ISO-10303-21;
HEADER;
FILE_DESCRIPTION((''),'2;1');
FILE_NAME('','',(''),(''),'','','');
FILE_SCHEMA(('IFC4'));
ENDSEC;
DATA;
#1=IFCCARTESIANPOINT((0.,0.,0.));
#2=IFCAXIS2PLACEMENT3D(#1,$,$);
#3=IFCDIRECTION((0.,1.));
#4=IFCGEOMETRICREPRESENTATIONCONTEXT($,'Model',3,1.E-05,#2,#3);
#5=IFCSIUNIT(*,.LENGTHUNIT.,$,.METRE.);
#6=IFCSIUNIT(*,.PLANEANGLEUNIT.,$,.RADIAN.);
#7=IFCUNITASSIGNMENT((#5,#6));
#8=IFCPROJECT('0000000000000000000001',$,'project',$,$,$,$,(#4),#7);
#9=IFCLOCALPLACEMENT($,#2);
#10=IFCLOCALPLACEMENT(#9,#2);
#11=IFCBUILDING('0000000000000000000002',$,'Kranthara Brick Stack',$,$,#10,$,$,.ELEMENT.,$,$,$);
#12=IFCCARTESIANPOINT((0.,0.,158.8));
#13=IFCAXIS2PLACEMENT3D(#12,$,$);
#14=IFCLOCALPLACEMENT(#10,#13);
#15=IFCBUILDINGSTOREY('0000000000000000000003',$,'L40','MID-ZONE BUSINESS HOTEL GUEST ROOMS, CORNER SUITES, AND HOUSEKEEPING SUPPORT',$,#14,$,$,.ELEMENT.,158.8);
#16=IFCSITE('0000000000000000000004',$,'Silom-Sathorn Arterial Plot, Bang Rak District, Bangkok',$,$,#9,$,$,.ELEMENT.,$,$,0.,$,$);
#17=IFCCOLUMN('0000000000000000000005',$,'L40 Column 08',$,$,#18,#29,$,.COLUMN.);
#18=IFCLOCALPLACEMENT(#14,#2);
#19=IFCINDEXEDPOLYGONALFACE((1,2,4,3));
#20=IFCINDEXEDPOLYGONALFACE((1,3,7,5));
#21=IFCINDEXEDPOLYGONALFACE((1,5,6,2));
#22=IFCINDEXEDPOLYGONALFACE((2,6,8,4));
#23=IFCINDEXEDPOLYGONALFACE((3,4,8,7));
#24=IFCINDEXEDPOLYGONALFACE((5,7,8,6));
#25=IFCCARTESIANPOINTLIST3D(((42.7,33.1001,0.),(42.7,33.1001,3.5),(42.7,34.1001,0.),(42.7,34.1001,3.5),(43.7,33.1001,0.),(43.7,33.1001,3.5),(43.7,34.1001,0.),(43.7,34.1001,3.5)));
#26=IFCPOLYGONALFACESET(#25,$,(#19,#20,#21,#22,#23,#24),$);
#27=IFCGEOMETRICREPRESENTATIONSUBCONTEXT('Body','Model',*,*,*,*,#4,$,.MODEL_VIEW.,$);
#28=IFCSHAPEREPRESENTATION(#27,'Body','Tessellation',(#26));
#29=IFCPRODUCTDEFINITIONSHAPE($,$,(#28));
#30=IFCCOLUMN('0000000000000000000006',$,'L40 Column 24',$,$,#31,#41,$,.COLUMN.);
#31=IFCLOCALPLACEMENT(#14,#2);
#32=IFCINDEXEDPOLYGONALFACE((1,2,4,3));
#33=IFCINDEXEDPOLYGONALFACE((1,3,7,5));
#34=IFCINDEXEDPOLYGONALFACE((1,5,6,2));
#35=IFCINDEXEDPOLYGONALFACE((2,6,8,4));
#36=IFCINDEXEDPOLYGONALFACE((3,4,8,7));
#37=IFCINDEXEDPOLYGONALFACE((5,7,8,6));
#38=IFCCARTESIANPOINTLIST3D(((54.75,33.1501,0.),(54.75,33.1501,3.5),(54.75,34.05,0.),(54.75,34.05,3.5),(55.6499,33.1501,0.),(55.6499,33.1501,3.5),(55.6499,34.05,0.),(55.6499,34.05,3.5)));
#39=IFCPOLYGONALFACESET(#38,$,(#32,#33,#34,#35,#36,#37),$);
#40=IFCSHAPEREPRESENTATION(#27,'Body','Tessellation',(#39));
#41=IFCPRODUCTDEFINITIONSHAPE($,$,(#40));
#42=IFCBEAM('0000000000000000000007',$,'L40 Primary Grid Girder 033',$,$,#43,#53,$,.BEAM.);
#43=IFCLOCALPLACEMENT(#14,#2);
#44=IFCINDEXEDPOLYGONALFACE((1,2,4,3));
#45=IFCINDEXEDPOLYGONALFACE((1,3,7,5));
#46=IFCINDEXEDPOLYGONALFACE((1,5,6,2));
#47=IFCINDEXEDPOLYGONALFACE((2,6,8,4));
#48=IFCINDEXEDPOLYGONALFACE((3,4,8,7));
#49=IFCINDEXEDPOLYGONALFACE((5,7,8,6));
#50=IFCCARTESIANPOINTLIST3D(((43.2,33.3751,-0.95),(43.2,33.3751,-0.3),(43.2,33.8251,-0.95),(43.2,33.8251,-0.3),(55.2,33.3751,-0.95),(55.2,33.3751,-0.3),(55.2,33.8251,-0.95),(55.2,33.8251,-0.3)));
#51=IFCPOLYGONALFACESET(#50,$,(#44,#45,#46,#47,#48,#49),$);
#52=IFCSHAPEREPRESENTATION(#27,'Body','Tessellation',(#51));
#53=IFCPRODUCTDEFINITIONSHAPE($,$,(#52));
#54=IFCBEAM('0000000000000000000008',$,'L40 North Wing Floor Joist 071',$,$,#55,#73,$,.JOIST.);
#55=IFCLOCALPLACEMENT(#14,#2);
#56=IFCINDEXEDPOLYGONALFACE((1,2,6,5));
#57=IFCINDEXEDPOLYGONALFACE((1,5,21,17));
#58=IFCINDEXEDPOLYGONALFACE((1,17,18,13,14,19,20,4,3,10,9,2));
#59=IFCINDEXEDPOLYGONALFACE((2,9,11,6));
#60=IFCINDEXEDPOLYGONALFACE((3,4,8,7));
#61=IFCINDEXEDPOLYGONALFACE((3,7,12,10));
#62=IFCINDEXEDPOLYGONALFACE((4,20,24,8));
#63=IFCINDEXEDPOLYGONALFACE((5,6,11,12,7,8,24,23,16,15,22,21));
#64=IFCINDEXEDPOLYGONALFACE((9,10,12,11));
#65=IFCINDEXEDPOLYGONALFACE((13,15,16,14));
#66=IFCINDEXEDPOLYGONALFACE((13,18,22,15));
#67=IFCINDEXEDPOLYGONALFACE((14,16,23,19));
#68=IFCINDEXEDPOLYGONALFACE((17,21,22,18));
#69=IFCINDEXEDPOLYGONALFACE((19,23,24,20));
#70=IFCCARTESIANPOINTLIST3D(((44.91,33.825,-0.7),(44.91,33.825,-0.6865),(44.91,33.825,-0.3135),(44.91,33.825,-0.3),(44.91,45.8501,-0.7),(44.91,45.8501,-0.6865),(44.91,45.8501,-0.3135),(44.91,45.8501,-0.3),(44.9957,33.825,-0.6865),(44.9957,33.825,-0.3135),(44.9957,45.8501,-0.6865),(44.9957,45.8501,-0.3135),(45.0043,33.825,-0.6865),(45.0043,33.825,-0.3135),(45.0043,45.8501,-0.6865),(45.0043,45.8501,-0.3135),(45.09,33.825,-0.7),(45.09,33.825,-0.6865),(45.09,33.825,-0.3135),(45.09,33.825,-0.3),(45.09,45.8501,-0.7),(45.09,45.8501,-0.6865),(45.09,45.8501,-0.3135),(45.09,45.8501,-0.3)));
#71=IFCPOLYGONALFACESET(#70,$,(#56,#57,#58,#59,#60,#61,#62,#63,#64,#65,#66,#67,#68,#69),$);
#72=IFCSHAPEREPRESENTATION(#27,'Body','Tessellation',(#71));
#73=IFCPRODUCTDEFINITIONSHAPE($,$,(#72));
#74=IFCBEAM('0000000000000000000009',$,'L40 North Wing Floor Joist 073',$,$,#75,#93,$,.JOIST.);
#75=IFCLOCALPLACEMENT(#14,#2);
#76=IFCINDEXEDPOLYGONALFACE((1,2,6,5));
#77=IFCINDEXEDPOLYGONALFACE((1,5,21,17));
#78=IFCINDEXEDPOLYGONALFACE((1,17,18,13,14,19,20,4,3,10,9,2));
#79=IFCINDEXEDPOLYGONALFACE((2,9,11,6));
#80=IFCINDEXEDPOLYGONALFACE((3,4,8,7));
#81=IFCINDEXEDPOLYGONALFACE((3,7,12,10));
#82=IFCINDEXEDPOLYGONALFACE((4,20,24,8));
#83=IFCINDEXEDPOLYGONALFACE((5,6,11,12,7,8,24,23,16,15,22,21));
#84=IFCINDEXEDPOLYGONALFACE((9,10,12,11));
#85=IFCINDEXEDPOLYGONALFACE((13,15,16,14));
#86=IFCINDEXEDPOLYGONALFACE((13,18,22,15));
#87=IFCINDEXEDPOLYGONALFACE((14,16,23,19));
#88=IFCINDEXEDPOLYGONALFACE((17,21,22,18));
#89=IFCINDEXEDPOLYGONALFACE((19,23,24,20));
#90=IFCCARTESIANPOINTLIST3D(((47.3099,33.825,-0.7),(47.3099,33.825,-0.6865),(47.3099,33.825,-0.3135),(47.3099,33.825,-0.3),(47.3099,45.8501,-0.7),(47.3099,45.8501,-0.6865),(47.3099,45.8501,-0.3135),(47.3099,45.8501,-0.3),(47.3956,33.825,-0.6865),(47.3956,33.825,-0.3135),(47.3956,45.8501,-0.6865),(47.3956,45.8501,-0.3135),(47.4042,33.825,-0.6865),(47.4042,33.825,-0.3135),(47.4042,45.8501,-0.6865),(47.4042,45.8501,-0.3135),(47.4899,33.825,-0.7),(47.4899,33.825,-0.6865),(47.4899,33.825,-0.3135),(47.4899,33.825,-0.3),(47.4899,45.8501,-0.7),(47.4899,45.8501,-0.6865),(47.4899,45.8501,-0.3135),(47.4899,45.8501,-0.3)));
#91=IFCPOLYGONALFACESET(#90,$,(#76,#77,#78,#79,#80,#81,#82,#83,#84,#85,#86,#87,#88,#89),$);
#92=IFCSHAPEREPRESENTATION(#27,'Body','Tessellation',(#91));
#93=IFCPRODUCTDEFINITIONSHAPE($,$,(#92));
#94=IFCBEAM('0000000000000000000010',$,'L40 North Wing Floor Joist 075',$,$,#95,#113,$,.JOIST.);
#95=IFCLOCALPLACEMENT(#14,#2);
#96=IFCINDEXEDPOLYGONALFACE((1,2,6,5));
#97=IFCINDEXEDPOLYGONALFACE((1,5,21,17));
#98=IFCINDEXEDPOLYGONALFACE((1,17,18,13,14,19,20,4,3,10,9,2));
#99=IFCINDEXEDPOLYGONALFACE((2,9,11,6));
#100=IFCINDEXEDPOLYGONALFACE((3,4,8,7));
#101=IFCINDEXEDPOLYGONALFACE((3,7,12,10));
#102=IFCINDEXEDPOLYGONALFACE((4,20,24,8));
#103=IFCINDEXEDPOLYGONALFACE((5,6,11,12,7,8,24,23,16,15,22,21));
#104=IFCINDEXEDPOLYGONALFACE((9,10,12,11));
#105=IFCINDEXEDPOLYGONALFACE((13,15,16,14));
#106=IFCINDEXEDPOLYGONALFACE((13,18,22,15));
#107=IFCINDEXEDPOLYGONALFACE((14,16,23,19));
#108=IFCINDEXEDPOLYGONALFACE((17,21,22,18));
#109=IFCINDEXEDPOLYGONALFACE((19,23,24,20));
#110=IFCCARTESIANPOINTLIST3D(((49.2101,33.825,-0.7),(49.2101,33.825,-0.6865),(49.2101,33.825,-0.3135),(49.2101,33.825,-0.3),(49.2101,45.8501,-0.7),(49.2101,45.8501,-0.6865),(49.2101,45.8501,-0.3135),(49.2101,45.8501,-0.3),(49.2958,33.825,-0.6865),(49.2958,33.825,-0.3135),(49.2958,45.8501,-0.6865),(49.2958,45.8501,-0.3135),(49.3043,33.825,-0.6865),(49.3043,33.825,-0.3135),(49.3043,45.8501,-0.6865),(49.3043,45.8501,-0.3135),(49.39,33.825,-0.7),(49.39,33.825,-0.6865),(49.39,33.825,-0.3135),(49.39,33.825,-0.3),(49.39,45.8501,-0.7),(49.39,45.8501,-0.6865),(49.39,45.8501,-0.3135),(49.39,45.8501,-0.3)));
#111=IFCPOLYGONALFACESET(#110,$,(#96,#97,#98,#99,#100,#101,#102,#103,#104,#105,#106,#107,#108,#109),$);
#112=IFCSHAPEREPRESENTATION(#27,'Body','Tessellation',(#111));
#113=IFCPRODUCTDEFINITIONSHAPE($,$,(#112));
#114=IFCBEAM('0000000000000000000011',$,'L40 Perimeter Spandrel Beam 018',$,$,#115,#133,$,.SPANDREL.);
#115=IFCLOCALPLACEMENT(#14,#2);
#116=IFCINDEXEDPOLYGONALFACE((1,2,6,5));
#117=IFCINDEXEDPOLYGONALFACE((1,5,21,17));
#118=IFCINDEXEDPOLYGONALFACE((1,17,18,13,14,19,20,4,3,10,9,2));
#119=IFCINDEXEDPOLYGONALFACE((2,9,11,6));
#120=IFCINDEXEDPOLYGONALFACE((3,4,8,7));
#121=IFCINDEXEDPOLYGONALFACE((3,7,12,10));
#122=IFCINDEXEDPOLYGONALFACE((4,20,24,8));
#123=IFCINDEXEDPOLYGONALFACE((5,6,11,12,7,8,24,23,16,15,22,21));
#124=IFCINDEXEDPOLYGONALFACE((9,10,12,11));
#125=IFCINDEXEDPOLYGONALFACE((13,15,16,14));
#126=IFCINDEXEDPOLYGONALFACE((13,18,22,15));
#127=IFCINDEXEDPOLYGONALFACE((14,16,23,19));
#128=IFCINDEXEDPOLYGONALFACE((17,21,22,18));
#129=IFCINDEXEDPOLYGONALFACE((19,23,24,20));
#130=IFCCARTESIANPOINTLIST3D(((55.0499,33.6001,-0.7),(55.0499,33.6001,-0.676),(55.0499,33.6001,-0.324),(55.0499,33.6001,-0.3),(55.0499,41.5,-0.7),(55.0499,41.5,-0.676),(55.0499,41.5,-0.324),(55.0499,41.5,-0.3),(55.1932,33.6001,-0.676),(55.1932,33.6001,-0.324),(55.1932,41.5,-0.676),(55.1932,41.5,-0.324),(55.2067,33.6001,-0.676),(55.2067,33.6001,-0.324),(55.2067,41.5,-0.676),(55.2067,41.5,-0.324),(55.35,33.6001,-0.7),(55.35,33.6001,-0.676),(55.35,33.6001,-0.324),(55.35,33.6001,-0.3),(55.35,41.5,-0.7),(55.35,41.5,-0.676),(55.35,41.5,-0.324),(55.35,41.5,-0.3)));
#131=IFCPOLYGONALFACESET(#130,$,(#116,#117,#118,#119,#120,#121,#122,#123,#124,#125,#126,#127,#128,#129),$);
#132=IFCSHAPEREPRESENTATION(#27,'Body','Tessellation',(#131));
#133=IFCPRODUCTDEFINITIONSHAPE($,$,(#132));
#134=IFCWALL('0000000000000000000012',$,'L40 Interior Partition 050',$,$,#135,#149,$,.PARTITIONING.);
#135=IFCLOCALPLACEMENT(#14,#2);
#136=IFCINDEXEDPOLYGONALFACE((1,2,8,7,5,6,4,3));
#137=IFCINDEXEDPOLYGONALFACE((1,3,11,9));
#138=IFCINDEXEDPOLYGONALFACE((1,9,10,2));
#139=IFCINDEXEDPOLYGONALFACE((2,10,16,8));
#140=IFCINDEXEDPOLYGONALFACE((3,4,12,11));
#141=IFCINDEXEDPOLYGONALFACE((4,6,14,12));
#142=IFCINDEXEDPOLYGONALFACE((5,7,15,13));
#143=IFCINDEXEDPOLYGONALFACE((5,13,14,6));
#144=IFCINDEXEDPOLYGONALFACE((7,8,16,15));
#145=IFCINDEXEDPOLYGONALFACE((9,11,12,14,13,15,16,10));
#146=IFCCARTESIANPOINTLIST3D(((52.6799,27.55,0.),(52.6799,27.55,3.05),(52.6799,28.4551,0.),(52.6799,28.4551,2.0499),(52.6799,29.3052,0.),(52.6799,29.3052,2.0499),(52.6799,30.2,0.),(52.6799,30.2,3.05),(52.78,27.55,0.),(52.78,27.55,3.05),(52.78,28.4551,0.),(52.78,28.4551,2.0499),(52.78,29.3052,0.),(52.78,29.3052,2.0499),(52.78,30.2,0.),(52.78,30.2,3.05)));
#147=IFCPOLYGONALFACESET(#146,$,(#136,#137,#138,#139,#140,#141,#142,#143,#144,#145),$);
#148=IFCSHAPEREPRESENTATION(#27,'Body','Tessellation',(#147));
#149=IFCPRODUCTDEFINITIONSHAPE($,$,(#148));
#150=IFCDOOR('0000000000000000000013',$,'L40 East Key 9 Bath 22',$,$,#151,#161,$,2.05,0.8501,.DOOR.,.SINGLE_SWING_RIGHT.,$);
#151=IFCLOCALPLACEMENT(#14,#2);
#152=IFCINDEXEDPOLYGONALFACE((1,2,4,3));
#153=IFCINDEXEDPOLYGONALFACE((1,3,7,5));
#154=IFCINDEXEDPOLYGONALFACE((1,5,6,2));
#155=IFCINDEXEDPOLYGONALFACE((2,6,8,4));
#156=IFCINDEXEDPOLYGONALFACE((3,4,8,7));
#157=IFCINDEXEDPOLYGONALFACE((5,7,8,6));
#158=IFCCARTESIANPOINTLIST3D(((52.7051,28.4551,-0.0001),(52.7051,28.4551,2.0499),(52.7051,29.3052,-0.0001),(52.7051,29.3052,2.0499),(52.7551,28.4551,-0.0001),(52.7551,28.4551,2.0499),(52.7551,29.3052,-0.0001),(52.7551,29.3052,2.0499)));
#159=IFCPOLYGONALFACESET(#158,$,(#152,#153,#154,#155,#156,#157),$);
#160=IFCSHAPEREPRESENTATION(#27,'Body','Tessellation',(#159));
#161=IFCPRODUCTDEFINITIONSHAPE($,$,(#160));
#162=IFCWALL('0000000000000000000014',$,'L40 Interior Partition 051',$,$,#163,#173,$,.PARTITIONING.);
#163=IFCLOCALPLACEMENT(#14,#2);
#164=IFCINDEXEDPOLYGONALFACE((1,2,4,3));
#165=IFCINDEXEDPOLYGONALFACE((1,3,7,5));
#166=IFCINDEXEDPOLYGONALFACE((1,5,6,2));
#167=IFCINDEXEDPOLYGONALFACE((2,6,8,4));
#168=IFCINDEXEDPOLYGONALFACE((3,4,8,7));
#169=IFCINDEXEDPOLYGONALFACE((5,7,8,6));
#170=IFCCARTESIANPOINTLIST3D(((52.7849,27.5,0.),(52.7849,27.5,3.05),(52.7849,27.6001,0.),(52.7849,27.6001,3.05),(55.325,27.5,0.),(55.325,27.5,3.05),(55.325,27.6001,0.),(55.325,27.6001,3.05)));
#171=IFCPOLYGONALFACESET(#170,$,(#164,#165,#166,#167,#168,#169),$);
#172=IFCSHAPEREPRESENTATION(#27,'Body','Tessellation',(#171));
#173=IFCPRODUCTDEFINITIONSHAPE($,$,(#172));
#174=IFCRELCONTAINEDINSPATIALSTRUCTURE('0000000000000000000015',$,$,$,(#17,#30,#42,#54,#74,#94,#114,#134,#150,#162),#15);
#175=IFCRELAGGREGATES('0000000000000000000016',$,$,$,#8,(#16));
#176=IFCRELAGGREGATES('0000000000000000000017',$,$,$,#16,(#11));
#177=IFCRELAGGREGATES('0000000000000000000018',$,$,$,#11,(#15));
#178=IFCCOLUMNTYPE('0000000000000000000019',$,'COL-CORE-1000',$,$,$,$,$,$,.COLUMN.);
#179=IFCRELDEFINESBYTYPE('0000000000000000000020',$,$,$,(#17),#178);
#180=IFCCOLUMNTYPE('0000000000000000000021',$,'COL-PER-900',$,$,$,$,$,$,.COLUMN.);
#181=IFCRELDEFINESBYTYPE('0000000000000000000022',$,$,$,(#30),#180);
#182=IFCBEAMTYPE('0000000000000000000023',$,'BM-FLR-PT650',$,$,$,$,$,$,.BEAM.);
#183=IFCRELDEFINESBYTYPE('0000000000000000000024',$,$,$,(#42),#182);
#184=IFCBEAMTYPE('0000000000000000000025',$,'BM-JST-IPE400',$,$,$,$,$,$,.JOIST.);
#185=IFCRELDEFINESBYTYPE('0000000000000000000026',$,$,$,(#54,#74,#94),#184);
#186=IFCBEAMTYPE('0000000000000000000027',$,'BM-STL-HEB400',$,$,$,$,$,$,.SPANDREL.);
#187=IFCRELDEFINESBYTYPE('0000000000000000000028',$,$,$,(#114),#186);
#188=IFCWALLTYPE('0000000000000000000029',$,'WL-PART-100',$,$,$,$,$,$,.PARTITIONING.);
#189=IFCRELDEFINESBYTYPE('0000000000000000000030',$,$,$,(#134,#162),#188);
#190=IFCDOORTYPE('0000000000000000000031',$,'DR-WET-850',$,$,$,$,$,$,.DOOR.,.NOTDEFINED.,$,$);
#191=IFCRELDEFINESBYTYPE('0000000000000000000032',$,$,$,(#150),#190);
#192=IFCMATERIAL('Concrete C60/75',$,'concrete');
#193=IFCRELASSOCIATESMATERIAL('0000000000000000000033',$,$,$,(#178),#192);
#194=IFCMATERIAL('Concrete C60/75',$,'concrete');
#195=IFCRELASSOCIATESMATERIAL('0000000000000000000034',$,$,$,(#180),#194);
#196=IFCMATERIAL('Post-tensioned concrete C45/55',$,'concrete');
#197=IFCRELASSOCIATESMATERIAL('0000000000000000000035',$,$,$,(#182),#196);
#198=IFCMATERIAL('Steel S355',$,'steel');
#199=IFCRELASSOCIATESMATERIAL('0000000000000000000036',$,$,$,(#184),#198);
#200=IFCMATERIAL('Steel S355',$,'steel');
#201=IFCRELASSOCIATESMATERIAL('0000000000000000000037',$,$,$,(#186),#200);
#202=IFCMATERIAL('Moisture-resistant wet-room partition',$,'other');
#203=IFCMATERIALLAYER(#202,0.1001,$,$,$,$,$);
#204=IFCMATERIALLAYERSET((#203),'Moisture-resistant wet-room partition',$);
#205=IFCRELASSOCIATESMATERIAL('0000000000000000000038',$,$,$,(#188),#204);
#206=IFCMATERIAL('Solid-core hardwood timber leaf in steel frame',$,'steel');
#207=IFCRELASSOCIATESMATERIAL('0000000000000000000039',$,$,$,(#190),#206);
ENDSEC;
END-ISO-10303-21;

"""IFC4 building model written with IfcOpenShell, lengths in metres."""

from ifc_helpers import new_model, si_unit, direction, frame, frame_2d, origin, origin_2d, place, context, subcontext, project, spatial, rectangle, i_section, extrude, material, layer, layer_set, material_profile, profile_set, type_object, element, fill, save


model = new_model("IFC4")

# Units and contexts
model_context = context("Model", 3, precision=1e-05, world=origin(), true_north=direction((0.0, 1.0)))
body_context = subcontext(model_context, "Body", "Model", "MODEL_VIEW")
ifc_project = project(units=[si_unit("LENGTHUNIT", "METRE"), si_unit("PLANEANGLEUNIT", "RADIAN")], contexts=[model_context])

# Site, building, storey
site_placement = place(None, origin())
site = spatial("IfcSite", under=ifc_project, at=site_placement, Name="Silom-Sathorn Arterial Plot, Bang Rak District, Bangkok", CompositionType="ELEMENT", RefElevation=0.0)
building_placement = place(site_placement, origin())
building = spatial("IfcBuilding", under=site, at=building_placement, Name="Kranthara Brick Stack", CompositionType="ELEMENT")
storey_placement = place(building_placement, frame((0.0, 0.0, 158.8)))
storey = spatial("IfcBuildingStorey", under=building, at=storey_placement, Name="L40", Description="MID-ZONE BUSINESS HOTEL GUEST ROOMS, CORNER SUITES, AND HOUSEKEEPING SUPPORT", CompositionType="ELEMENT", Elevation=158.8)

# Columns
ifc_material_1 = material(Name="Concrete C60/75", Category="concrete")
ifc_material_profile_1 = material_profile(ifc_material_1, rectangle(XDim=1.0, YDim=1.0, at=origin_2d()), Name="RC 1000x1000")
ifc_profile_set_1 = profile_set([ifc_material_profile_1], Name="Concrete C60/75")
column_type_1 = type_object("IfcColumnType", Name="COL-CORE-1000", PredefinedType="COLUMN", material=ifc_profile_set_1)
column_1_placement = place(storey_placement, frame((43.2, 33.6001, 0.0), z_axis=(0.0, 0.0, 1.0), x_axis=(1.0, 0.0, 0.0)))
element("IfcColumn", 1, at=column_1_placement, inside=storey, type_object=column_type_1, Name="L40 Column 08", PredefinedType="COLUMN", context=body_context, shape_type="SweptSolid", body=[
    extrude(rectangle(XDim=1.0, YDim=1.0, at=origin_2d()), origin(), (0.0, 0.0, 1.0), 3.5),
])
ifc_material_2 = material(Name="Concrete C60/75", Category="concrete")
ifc_material_profile_2 = material_profile(ifc_material_2, rectangle(XDim=0.8999, YDim=0.8999, at=origin_2d()), Name="RC 900x900")
ifc_profile_set_2 = profile_set([ifc_material_profile_2], Name="Concrete C60/75")
column_type_2 = type_object("IfcColumnType", Name="COL-PER-900", PredefinedType="COLUMN", material=ifc_profile_set_2)
column_2_placement = place(storey_placement, frame((55.2, 33.6001, 0.0), z_axis=(0.0, 0.0, 1.0), x_axis=(1.0, 0.0, 0.0)))
element("IfcColumn", 2, at=column_2_placement, inside=storey, type_object=column_type_2, Name="L40 Column 24", PredefinedType="COLUMN", context=body_context, shape_type="SweptSolid", body=[
    extrude(rectangle(XDim=0.8999, YDim=0.8999, at=origin_2d()), origin(), (0.0, 0.0, 1.0), 3.5),
])

# Beams
ifc_material_3 = material(Name="Post-tensioned concrete C45/55", Category="concrete")
ifc_material_profile_3 = material_profile(ifc_material_3, rectangle(XDim=0.45, YDim=0.6499, at=origin_2d()), Name="PT 450x650")
ifc_profile_set_3 = profile_set([ifc_material_profile_3], Name="Post-tensioned concrete C45/55")
beam_type_1 = type_object("IfcBeamType", Name="BM-FLR-PT650", PredefinedType="BEAM", material=ifc_profile_set_3)
beam_1_placement = place(storey_placement, frame((43.2, 33.6001, -0.625), z_axis=(1.0, 0.0, 0.0), x_axis=(0.0, 1.0, 0.0)))
element("IfcBeam", 3, at=beam_1_placement, inside=storey, type_object=beam_type_1, Name="L40 Primary Grid Girder 033", PredefinedType="BEAM", context=body_context, shape_type="SweptSolid", body=[
    extrude(rectangle(XDim=0.45, YDim=0.6499, at=origin_2d()), origin(), (0.0, 0.0, 1.0), 12.0),
])
ifc_material_4 = material(Name="Steel S355", Category="steel")
ifc_material_profile_4 = material_profile(ifc_material_4, i_section(OverallWidth=0.1799, OverallDepth=0.3999, WebThickness=0.0085, FlangeThickness=0.0134, at=origin_2d()), Name="IPE 400")
ifc_profile_set_4 = profile_set([ifc_material_profile_4], Name="Steel S355")
beam_type_2 = type_object("IfcBeamType", Name="BM-JST-IPE400", PredefinedType="JOIST", material=ifc_profile_set_4)
for number, where, z_axis, x_axis, name in (
    (4, (45.0, 33.825, -0.5), (0.0, 1.0, 0.0), (-1.0, 0.0, 0.0), "L40 North Wing Floor Joist 071"),
    (5, (47.3999, 33.825, -0.5), (0.0, 1.0, 0.0), (-1.0, 0.0, 0.0), "L40 North Wing Floor Joist 073"),
    (6, (49.3, 33.825, -0.5), (0.0, 1.0, 0.0), (-1.0, 0.0, 0.0), "L40 North Wing Floor Joist 075"),
):
    element("IfcBeam", number, at=place(storey_placement, frame(where, z_axis=z_axis, x_axis=x_axis)), inside=storey, type_object=beam_type_2, Name=name, PredefinedType="JOIST", context=body_context, shape_type="SweptSolid", body=[
        extrude(i_section(OverallWidth=0.1799, OverallDepth=0.3999, WebThickness=0.0085, FlangeThickness=0.0134, at=origin_2d()), origin(), (0.0, 0.0, 1.0), 12.0251),
    ])
ifc_material_5 = material(Name="Steel S355", Category="steel")
ifc_material_profile_5 = material_profile(ifc_material_5, i_section(OverallWidth=0.3, OverallDepth=0.3999, WebThickness=0.0134, FlangeThickness=0.0239, at=origin_2d()), Name="HEB 400")
ifc_profile_set_5 = profile_set([ifc_material_profile_5], Name="Steel S355")
beam_type_3 = type_object("IfcBeamType", Name="BM-STL-HEB400", PredefinedType="SPANDREL", material=ifc_profile_set_5)
beam_2_placement = place(storey_placement, frame((55.2, 33.6001, -0.5), z_axis=(0.0, 1.0, 0.0), x_axis=(-1.0, 0.0, 0.0)))
element("IfcBeam", 7, at=beam_2_placement, inside=storey, type_object=beam_type_3, Name="L40 Perimeter Spandrel Beam 018", PredefinedType="SPANDREL", context=body_context, shape_type="SweptSolid", body=[
    extrude(i_section(OverallWidth=0.3, OverallDepth=0.3999, WebThickness=0.0134, FlangeThickness=0.0239, at=origin_2d()), origin(), (0.0, 0.0, 1.0), 7.8999),
])

# Wall, opening, door
ifc_material_6 = material(Name="Moisture-resistant wet-room partition", Category="other")
ifc_layer_1 = layer(ifc_material_6, 0.1001)
ifc_layer_set_1 = layer_set([ifc_layer_1], Name="Moisture-resistant wet-room partition")
wall_type_1 = type_object("IfcWallType", Name="WL-PART-100", PredefinedType="PARTITIONING", material=ifc_layer_set_1)
wall_1_placement = place(storey_placement, frame((52.73, 27.55, 0.0), z_axis=(0.0, 0.0, 1.0), x_axis=(0.0, 1.0, 0.0)))
wall_1 = element("IfcWall", 8, at=wall_1_placement, inside=storey, type_object=wall_type_1, Name="L40 Interior Partition 050", PredefinedType="PARTITIONING", context=body_context, shape_type="SweptSolid", body=[
    extrude(rectangle(XDim=2.6499, YDim=0.1001, at=frame_2d((1.325, 0.0))), origin(), (0.0, 0.0, 1.0), 3.05),
])
opening_1_placement = place(wall_1_placement, frame((0.905, 0.0, 0.0)))
opening_1 = element("IfcOpeningElement", 9, at=opening_1_placement, cuts=wall_1, PredefinedType="OPENING", context=body_context, shape_type="SweptSolid", body=[
    extrude(rectangle(XDim=0.8501, YDim=2.05, at=frame_2d((0.425, 1.0249))), frame((0.0, 0.0601, 0.0), z_axis=(0.0, -1.0, 0.0), x_axis=(1.0, 0.0, 0.0)), (0.0, 0.0, 1.0), 0.1201),
])
ifc_material_7 = material(Name="Solid-core hardwood timber leaf in steel frame", Category="steel")
door_type_1 = type_object("IfcDoorType", Name="DR-WET-850", OperationType="NOTDEFINED", PredefinedType="DOOR", material=ifc_material_7)
door_1_placement = place(opening_1_placement, origin())
door_1 = element("IfcDoor", 10, at=door_1_placement, inside=storey, type_object=door_type_1, Name="L40 East Key 9 Bath 22", OperationType="SINGLE_SWING_RIGHT", OverallHeight=2.05, OverallWidth=0.8501, PredefinedType="DOOR", context=body_context, shape_type="SweptSolid", body=[
    extrude(rectangle(XDim=0.8501, YDim=2.05, at=frame_2d((0.425, 1.0249))), frame((0.0, 0.0249, 0.0), z_axis=(0.0, -1.0, 0.0), x_axis=(1.0, 0.0, 0.0)), (0.0, 0.0, 1.0), 0.05),
])
fill(opening_1, door_1)

# Wall
wall_2_placement = place(storey_placement, frame((52.7849, 27.55, 0.0), z_axis=(0.0, 0.0, 1.0), x_axis=(1.0, 0.0, 0.0)))
element("IfcWall", 11, at=wall_2_placement, inside=storey, type_object=wall_type_1, Name="L40 Interior Partition 051", PredefinedType="PARTITIONING", context=body_context, shape_type="SweptSolid", body=[
    extrude(rectangle(XDim=2.54, YDim=0.1001, at=frame_2d((1.27, 0.0))), origin(), (0.0, 0.0, 1.0), 3.05),
])

save(model, "model.ifc")
